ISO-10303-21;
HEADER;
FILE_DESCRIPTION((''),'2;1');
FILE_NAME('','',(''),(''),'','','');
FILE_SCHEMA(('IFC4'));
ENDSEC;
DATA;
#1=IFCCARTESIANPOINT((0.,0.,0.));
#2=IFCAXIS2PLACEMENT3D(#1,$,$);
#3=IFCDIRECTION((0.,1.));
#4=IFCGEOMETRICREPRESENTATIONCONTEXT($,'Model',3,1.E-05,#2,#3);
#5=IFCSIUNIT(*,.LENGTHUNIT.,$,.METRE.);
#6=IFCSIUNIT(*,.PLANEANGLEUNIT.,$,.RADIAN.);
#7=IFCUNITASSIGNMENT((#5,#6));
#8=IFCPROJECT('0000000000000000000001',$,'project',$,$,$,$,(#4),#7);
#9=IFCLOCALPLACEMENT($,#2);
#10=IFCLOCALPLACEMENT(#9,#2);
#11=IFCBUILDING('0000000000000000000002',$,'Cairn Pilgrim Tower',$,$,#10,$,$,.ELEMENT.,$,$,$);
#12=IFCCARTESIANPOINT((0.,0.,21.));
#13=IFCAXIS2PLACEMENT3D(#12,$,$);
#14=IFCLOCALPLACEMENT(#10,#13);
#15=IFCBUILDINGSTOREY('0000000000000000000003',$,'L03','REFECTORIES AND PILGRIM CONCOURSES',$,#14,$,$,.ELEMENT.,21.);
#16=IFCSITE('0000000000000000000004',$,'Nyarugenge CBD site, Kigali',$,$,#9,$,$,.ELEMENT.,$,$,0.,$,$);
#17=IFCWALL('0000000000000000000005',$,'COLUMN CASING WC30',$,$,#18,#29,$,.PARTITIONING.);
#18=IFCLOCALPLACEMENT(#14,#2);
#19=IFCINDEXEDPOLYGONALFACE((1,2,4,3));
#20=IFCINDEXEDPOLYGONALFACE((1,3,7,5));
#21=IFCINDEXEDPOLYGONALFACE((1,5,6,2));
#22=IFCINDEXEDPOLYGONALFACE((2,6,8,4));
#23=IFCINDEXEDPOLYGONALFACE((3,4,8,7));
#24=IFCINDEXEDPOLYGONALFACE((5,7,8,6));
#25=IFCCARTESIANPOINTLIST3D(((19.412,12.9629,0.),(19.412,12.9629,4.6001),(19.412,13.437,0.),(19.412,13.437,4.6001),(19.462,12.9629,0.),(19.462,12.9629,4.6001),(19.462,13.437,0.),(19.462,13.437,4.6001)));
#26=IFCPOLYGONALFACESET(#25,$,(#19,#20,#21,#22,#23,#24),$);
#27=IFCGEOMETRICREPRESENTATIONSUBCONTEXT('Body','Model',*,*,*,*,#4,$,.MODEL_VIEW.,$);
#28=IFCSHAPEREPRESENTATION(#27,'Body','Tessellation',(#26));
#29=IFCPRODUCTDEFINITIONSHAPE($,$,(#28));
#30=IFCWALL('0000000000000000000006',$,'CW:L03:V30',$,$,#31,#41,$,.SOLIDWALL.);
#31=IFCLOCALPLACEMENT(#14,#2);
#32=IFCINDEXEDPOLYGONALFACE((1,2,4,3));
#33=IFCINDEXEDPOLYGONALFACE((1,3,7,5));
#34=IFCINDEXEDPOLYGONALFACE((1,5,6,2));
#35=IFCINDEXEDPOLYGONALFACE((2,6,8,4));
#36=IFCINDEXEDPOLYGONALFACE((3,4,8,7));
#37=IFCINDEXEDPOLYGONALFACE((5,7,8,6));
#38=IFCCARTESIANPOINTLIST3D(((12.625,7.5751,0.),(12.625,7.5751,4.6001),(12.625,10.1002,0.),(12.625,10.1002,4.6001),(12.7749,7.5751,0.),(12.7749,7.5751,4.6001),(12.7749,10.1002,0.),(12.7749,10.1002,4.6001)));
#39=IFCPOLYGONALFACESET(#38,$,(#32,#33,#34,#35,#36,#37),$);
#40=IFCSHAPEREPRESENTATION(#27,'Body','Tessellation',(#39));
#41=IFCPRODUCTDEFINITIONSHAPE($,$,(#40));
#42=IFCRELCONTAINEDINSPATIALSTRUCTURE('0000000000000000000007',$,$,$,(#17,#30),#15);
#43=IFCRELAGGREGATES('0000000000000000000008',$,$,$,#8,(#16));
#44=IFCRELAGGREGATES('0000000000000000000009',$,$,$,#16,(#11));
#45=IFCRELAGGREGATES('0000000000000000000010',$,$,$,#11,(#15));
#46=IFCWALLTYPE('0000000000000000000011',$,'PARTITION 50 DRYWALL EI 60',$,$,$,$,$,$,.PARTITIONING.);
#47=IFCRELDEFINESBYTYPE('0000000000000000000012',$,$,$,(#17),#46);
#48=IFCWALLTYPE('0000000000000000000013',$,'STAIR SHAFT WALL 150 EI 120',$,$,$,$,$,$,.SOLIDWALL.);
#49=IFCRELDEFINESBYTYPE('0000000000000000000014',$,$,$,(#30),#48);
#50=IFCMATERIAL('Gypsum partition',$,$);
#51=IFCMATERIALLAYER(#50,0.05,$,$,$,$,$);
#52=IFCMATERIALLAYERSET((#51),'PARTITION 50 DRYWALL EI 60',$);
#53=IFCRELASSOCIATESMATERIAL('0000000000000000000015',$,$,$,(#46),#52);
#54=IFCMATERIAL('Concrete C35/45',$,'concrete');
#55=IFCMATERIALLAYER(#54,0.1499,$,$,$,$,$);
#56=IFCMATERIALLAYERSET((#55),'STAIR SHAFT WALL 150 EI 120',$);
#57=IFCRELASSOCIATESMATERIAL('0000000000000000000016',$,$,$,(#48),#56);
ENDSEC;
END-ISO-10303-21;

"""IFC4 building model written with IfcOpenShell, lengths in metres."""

from ifc_helpers import new_model, si_unit, direction, frame, frame_2d, origin, place, context, subcontext, project, spatial, rectangle, extrude, material, layer, layer_set, type_object, element, save


model = new_model("IFC4")

# Units and contexts
model_context = context("Model", 3, precision=1e-05, world=origin(), true_north=direction((0.0, 1.0)))
body_context = subcontext(model_context, "Body", "Model", "MODEL_VIEW")
ifc_project = project(units=[si_unit("LENGTHUNIT", "METRE"), si_unit("PLANEANGLEUNIT", "RADIAN")], contexts=[model_context])

# Site, building, storey
site_placement = place(None, origin())
site = spatial("IfcSite", under=ifc_project, at=site_placement, Name="Nyarugenge CBD site, Kigali", CompositionType="ELEMENT", RefElevation=0.0)
building_placement = place(site_placement, origin())
building = spatial("IfcBuilding", under=site, at=building_placement, Name="Cairn Pilgrim Tower", CompositionType="ELEMENT")
storey_placement = place(building_placement, frame((0.0, 0.0, 21.0)))
storey = spatial("IfcBuildingStorey", under=building, at=storey_placement, Name="L03", Description="REFECTORIES AND PILGRIM CONCOURSES", CompositionType="ELEMENT", Elevation=21.0)

# Shared definitions
ifc_material_1 = material(Name="Gypsum partition")

# Walls
ifc_layer_1 = layer(ifc_material_1, 0.05)
ifc_layer_set_1 = layer_set([ifc_layer_1], Name="PARTITION 50 DRYWALL EI 60")
wall_type_1 = type_object("IfcWallType", Name="PARTITION 50 DRYWALL EI 60", PredefinedType="PARTITIONING", material=ifc_layer_set_1)
wall_1_placement = place(storey_placement, frame((19.437, 12.9629, 0.0), z_axis=(0.0, 0.0, 1.0), x_axis=(0.0, 1.0, 0.0)))
element("IfcWall", 1, at=wall_1_placement, inside=storey, type_object=wall_type_1, Name="COLUMN CASING WC30", PredefinedType="PARTITIONING", context=body_context, shape_type="SweptSolid", body=[
    extrude(rectangle(XDim=0.4741, YDim=0.05, at=frame_2d((0.2371, 0.0))), origin(), (0.0, 0.0, 1.0), 4.6001),
])
ifc_material_2 = material(Name="Concrete C35/45", Category="concrete")
ifc_layer_2 = layer(ifc_material_2, 0.1499)
ifc_layer_set_2 = layer_set([ifc_layer_2], Name="STAIR SHAFT WALL 150 EI 120")
wall_type_2 = type_object("IfcWallType", Name="STAIR SHAFT WALL 150 EI 120", PredefinedType="SOLIDWALL", material=ifc_layer_set_2)
wall_2_placement = place(storey_placement, frame((12.7, 7.575, 0.0), z_axis=(0.0, 0.0, 1.0), x_axis=(0.0, 1.0, 0.0)))
element("IfcWall", 2, at=wall_2_placement, inside=storey, type_object=wall_type_2, Name="CW:L03:V30", PredefinedType="SOLIDWALL", context=body_context, shape_type="SweptSolid", body=[
    extrude(rectangle(XDim=2.5251, YDim=0.1499, at=frame_2d((1.2627, 0.0))), origin(), (0.0, 0.0, 1.0), 4.6001),
])

save(model, "model.ifc")
